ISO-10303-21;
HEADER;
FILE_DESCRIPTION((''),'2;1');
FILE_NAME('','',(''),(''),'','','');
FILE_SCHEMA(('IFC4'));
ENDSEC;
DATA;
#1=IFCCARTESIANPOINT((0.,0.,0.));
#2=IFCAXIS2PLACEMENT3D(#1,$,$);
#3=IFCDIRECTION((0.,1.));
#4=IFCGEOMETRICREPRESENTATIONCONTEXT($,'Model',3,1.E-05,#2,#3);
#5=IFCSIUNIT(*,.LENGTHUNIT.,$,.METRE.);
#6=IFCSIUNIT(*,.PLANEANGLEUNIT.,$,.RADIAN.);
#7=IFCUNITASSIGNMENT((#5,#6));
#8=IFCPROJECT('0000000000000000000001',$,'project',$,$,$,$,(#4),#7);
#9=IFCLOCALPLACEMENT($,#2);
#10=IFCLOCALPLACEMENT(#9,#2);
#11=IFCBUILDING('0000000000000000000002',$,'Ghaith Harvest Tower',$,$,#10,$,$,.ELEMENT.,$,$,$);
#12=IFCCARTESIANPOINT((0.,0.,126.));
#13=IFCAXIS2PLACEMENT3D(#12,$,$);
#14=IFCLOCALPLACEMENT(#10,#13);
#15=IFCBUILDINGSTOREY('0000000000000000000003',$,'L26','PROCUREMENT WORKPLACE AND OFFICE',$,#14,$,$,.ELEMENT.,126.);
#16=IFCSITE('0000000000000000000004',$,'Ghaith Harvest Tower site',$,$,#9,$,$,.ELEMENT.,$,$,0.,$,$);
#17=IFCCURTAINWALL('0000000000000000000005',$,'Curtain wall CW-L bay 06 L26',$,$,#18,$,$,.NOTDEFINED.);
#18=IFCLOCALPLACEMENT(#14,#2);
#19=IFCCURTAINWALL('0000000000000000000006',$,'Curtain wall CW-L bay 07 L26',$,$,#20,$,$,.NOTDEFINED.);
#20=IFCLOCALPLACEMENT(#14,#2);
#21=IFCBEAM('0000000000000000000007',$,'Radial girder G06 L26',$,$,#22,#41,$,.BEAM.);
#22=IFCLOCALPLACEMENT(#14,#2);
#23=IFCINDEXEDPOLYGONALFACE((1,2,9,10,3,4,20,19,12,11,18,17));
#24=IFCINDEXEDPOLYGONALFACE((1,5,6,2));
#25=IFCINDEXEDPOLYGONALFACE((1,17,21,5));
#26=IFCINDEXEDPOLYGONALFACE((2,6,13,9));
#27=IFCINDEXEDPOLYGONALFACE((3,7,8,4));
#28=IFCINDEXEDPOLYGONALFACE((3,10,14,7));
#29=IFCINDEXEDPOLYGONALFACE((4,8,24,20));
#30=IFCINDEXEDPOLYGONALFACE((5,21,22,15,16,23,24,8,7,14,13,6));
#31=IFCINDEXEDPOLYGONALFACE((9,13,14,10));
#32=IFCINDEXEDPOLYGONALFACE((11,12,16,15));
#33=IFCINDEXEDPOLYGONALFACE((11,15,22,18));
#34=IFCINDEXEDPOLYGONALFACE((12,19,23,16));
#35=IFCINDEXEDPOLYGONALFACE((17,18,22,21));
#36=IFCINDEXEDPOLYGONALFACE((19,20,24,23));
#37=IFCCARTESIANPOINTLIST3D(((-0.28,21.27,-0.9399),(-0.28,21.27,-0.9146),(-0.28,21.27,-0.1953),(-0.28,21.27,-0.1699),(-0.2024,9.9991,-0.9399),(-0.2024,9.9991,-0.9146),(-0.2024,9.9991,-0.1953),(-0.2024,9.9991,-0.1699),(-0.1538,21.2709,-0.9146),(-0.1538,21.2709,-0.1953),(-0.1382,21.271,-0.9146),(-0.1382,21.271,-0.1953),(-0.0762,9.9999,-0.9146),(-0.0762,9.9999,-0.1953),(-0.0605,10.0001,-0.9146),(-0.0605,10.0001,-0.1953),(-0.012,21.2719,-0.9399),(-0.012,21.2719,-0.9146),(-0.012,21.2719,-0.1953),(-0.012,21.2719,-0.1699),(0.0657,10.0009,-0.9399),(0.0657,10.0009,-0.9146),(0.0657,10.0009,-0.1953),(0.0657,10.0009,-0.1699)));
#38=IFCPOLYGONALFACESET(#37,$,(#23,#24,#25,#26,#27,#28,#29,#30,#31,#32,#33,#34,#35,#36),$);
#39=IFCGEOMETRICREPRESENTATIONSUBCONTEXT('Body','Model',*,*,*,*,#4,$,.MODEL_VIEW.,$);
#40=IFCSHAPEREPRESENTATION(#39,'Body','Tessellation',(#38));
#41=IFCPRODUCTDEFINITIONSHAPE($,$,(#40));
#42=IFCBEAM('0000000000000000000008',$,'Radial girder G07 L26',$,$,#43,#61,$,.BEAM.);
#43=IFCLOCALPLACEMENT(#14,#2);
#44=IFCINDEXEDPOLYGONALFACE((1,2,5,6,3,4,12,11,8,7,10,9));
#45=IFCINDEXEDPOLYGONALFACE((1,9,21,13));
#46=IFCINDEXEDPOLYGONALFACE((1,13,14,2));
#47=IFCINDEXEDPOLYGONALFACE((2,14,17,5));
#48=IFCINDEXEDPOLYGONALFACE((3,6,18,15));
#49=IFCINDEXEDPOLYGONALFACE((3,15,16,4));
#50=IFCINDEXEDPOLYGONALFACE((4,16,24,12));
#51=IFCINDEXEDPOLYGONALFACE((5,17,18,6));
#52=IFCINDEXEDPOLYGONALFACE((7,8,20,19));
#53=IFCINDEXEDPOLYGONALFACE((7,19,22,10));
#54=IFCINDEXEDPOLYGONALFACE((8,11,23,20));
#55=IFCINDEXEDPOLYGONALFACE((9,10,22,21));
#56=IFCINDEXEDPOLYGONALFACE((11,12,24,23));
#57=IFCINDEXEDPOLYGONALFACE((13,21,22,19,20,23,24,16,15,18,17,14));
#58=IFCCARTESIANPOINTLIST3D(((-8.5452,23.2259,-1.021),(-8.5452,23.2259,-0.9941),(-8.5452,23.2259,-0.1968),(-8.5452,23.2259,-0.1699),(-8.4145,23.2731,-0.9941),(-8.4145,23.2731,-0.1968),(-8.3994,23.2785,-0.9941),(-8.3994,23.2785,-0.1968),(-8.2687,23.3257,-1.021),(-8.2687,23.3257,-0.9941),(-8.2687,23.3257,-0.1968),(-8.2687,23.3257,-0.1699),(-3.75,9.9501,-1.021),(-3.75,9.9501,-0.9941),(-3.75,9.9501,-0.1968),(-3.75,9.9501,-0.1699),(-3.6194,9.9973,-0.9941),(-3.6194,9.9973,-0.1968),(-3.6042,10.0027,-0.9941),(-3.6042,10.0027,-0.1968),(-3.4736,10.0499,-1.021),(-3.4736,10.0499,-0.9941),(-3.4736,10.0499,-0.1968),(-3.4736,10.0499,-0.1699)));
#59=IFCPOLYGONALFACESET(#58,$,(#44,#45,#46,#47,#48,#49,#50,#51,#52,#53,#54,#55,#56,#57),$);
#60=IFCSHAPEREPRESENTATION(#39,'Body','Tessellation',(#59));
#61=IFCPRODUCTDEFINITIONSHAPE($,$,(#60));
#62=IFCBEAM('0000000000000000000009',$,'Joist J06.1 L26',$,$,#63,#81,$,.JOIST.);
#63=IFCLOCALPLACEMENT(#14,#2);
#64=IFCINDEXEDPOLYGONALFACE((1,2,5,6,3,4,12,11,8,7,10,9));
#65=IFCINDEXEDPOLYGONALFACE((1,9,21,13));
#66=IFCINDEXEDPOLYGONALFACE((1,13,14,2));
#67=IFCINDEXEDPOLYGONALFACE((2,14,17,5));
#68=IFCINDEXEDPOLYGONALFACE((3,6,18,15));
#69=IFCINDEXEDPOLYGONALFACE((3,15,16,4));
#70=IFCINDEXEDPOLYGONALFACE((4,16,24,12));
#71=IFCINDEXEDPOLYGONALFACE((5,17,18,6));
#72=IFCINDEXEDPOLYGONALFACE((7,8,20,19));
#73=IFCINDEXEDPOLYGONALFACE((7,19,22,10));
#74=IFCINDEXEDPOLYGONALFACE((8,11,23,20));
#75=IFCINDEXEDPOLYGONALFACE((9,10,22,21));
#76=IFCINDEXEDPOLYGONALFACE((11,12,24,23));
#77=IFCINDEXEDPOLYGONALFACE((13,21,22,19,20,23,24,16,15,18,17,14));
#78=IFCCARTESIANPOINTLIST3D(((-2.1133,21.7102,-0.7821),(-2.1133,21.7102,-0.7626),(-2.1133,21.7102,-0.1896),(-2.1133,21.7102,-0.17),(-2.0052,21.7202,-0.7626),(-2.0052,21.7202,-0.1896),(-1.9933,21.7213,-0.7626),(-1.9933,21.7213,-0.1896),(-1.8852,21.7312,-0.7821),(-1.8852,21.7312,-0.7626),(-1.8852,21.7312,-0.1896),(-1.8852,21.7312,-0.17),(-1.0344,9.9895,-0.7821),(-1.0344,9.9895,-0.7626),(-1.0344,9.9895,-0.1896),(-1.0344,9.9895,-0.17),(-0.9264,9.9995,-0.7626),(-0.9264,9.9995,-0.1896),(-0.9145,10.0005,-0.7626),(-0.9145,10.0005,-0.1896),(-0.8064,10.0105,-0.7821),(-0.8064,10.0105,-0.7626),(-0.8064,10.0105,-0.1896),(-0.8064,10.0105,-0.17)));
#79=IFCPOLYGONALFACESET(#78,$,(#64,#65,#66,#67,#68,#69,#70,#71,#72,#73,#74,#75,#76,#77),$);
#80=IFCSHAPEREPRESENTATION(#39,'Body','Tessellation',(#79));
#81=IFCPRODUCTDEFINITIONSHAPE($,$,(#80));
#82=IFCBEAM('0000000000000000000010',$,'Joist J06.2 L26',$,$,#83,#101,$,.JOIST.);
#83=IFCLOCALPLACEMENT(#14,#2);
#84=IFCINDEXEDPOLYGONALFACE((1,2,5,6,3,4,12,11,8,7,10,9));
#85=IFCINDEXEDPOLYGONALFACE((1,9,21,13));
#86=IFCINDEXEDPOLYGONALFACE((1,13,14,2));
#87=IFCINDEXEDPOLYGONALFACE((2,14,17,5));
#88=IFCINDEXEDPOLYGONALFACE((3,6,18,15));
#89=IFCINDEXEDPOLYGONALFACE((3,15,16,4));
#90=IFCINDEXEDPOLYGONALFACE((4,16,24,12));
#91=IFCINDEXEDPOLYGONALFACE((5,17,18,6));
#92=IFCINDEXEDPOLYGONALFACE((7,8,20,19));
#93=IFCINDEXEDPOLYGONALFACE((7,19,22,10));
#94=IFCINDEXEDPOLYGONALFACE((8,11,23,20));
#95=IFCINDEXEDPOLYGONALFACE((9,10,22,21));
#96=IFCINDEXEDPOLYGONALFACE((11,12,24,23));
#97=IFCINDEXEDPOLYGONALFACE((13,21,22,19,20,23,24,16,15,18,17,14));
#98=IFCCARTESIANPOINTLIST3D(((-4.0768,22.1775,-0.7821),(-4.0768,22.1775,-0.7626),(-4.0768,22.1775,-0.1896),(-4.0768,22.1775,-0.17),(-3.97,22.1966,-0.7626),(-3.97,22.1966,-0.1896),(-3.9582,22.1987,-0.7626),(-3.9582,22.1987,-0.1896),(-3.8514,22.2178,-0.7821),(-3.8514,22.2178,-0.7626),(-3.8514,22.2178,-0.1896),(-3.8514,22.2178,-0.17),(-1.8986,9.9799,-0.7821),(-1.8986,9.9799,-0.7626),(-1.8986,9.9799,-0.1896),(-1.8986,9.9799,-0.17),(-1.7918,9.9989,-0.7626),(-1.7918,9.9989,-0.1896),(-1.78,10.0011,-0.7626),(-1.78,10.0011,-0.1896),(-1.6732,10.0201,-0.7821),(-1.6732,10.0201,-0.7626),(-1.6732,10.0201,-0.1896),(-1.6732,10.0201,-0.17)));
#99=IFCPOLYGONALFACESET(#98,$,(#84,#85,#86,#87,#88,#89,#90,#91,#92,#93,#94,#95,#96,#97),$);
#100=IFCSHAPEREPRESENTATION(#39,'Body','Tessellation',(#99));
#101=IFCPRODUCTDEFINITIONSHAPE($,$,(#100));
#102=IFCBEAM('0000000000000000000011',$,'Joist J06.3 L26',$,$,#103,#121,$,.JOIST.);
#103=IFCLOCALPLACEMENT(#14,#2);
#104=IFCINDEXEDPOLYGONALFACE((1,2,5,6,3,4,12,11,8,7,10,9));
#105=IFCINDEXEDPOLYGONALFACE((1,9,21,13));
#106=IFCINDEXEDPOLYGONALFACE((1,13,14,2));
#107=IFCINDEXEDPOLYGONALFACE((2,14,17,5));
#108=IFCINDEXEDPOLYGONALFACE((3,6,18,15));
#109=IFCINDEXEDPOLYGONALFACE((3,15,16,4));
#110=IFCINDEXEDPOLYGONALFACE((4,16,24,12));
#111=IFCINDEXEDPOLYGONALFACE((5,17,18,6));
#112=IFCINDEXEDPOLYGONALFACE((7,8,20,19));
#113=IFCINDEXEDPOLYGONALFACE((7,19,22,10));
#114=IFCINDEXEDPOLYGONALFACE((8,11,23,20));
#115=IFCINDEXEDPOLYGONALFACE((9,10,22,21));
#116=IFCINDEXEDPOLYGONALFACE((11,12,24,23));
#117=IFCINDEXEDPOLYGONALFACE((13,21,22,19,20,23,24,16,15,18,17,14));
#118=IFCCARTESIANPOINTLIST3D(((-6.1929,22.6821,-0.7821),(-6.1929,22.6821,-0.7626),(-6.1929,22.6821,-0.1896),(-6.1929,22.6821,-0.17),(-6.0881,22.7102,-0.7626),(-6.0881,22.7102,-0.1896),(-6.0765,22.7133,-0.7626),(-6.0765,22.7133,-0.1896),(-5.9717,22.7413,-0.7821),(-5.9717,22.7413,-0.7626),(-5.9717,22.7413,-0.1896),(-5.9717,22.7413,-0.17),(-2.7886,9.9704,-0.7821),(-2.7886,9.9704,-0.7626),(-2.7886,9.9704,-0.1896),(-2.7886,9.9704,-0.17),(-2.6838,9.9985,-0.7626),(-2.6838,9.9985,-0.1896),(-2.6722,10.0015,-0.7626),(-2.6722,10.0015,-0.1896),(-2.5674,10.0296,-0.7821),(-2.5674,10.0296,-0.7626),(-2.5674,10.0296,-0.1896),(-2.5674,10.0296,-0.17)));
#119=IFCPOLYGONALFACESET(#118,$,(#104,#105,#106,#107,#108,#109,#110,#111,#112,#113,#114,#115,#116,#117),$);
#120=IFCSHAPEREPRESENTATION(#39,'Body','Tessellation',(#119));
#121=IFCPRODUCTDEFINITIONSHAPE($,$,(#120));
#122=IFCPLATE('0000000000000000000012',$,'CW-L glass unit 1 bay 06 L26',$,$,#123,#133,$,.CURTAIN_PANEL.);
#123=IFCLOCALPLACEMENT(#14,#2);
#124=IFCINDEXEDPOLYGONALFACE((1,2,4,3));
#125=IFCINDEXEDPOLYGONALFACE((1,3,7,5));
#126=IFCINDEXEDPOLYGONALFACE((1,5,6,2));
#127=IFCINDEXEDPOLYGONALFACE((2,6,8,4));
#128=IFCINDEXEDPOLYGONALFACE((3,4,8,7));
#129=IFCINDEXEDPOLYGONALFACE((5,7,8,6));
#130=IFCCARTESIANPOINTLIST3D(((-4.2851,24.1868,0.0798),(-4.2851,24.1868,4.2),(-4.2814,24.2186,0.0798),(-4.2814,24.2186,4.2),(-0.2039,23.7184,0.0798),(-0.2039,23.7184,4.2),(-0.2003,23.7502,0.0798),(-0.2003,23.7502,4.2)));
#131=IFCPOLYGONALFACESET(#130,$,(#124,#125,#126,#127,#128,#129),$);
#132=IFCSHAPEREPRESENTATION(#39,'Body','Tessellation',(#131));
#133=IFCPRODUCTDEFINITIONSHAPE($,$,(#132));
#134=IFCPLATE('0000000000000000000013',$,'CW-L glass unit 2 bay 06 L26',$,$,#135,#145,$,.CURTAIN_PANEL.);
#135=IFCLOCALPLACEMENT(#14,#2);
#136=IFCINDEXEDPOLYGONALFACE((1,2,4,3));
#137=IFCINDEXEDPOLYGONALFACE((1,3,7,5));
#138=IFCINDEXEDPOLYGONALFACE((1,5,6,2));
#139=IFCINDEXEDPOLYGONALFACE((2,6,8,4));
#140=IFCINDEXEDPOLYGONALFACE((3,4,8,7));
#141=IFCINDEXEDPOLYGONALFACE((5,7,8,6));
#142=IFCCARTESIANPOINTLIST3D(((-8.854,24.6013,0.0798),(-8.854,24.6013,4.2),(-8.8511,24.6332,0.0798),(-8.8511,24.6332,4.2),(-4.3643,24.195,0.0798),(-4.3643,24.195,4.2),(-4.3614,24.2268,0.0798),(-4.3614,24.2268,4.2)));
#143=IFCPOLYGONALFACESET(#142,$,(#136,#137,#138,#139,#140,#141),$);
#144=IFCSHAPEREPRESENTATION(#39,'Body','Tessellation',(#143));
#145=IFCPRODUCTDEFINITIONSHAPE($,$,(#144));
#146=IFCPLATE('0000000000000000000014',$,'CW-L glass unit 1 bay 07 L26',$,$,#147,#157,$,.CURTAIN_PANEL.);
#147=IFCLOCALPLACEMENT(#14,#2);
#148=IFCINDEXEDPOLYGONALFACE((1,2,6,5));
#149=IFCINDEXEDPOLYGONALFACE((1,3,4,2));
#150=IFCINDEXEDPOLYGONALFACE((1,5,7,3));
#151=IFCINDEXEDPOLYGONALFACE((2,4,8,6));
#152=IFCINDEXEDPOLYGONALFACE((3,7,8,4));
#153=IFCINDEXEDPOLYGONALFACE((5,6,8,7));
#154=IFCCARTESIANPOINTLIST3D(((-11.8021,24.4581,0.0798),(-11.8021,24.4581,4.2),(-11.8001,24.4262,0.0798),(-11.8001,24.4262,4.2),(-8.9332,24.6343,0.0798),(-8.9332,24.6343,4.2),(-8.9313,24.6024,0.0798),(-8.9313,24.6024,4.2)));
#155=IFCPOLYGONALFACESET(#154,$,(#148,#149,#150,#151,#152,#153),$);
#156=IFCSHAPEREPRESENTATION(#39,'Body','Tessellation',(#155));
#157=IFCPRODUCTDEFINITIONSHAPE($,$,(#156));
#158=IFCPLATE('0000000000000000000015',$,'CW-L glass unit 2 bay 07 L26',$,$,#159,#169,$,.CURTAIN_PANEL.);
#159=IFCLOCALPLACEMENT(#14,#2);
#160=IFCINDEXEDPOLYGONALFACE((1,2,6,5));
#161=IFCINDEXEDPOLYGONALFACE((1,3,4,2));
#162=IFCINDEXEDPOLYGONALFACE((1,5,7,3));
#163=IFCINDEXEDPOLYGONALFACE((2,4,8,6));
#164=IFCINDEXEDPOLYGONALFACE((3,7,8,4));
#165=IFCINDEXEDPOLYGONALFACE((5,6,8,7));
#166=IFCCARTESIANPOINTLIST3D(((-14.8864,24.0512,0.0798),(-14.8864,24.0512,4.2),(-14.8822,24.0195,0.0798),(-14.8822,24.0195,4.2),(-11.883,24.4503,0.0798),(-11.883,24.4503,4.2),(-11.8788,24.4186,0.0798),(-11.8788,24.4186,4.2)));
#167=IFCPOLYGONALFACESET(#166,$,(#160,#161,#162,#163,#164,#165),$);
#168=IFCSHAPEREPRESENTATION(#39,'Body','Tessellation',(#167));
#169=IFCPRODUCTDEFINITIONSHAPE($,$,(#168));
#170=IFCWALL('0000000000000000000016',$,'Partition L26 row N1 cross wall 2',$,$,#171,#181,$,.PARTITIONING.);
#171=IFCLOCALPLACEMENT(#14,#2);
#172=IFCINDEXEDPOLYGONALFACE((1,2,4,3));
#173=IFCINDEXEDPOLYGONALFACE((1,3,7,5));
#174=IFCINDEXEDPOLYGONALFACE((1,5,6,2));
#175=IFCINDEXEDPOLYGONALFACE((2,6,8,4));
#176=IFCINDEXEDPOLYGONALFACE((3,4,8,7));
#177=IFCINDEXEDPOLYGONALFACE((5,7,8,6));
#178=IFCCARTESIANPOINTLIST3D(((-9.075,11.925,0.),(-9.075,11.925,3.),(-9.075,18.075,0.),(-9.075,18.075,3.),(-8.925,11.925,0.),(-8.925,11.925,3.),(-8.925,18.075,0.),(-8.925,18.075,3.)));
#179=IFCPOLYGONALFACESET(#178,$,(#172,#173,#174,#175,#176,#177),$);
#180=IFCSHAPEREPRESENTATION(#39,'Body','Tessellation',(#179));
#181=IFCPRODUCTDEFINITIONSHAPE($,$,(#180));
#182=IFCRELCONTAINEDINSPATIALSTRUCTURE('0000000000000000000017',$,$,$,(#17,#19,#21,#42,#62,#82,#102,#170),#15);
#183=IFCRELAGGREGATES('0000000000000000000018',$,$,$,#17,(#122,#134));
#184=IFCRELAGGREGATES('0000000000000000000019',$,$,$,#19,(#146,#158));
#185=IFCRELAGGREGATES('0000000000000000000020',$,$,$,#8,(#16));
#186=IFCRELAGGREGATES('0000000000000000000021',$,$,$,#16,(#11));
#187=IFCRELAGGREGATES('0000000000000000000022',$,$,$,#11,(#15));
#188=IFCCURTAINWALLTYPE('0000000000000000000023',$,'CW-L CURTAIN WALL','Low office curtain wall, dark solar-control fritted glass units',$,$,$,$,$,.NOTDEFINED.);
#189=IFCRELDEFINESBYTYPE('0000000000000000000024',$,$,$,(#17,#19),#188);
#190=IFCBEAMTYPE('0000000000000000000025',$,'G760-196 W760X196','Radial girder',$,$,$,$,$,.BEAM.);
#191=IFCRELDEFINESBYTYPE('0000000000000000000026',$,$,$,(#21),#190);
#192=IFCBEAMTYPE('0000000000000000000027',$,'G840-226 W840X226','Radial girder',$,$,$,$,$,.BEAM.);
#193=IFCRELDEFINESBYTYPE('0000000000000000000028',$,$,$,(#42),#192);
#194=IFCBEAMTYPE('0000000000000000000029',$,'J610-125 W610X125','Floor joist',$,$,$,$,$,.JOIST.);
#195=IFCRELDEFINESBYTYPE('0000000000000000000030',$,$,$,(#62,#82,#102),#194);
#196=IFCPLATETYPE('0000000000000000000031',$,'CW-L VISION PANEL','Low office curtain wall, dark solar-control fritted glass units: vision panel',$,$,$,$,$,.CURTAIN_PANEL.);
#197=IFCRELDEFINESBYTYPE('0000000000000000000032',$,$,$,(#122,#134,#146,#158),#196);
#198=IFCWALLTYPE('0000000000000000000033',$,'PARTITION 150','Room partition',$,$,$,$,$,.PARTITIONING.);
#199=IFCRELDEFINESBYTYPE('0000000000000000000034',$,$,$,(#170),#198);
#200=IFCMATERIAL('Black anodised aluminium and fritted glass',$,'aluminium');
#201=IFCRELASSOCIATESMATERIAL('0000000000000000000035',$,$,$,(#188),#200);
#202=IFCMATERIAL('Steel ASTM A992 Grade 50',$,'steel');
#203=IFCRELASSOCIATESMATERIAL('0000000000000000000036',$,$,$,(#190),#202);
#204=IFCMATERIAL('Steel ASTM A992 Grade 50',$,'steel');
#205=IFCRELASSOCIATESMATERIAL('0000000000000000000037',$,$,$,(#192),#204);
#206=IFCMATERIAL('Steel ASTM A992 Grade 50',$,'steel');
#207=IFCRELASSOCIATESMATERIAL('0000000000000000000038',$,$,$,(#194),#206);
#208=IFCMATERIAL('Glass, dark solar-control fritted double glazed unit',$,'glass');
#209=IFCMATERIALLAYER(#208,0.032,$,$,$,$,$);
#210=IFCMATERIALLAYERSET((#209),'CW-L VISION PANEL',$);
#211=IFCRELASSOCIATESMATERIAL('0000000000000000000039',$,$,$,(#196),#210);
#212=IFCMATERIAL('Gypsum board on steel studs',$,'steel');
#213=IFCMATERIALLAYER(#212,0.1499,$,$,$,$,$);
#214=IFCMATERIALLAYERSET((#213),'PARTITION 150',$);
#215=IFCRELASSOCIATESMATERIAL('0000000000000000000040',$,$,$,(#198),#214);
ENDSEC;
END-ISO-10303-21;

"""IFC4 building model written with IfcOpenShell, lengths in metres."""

from ifc_helpers import new_model, si_unit, direction, frame, frame_2d, origin, origin_2d, place, context, subcontext, project, spatial, rectangle, i_section, extrude, material, layer, layer_set, material_profile, profile_set, type_object, element, aggregate, save


model = new_model("IFC4")

# Units and contexts
model_context = context("Model", 3, precision=1e-05, world=origin(), true_north=direction((0.0, 1.0)))
body_context = subcontext(model_context, "Body", "Model", "MODEL_VIEW")
ifc_project = project(units=[si_unit("LENGTHUNIT", "METRE"), si_unit("PLANEANGLEUNIT", "RADIAN")], contexts=[model_context])

# Site, building, storey
site_placement = place(None, origin())
site = spatial("IfcSite", under=ifc_project, at=site_placement, Name="Ghaith Harvest Tower site", CompositionType="ELEMENT", RefElevation=0.0)
building_placement = place(site_placement, origin())
building = spatial("IfcBuilding", under=site, at=building_placement, Name="Ghaith Harvest Tower", CompositionType="ELEMENT")
storey_placement = place(building_placement, frame((0.0, 0.0, 126.0)))
storey = spatial("IfcBuildingStorey", under=building, at=storey_placement, Name="L26", Description="PROCUREMENT WORKPLACE AND OFFICE", CompositionType="ELEMENT", Elevation=126.0)

# Curtain walls
ifc_material_1 = material(Name="Black anodised aluminium and fritted glass", Category="aluminium")
curtain_wall_type = type_object("IfcCurtainWallType", Name="CW-L CURTAIN WALL", Description="Low office curtain wall, dark solar-control fritted glass units", PredefinedType="NOTDEFINED", material=ifc_material_1)
curtain_wall_1_placement = place(storey_placement, origin())
curtain_wall_1 = element("IfcCurtainWall", 1, at=curtain_wall_1_placement, inside=storey, type_object=curtain_wall_type, Name="Curtain wall CW-L bay 06 L26", PredefinedType="NOTDEFINED")
curtain_wall_2_placement = place(storey_placement, origin())
curtain_wall_2 = element("IfcCurtainWall", 2, at=curtain_wall_2_placement, inside=storey, type_object=curtain_wall_type, Name="Curtain wall CW-L bay 07 L26", PredefinedType="NOTDEFINED")

# Beams
ifc_material_2 = material(Name="Steel ASTM A992 Grade 50", Category="steel")
ifc_material_profile_1 = material_profile(ifc_material_2, i_section(OverallWidth=0.2681, OverallDepth=0.77, WebThickness=0.0156, FlangeThickness=0.0254, at=origin_2d()), Name="W760X196")
ifc_profile_set_1 = profile_set([ifc_material_profile_1], Name="Steel ASTM A992 Grade 50")
beam_type_1 = type_object("IfcBeamType", Name="G760-196 W760X196", Description="Radial girder", PredefinedType="BEAM", material=ifc_profile_set_1)
beam_1_placement = place(storey_placement, frame((-0.0684, 10.0, -0.5549), z_axis=(-0.006888, 0.999976, 0.0), x_axis=(-0.999976, -0.006888, 0.0)))
element("IfcBeam", 3, at=beam_1_placement, inside=storey, type_object=beam_type_1, Name="Radial girder G06 L26", PredefinedType="BEAM", context=body_context, shape_type="SweptSolid", body=[
    extrude(i_section(OverallWidth=0.2681, OverallDepth=0.77, WebThickness=0.0156, FlangeThickness=0.0254, at=origin_2d()), origin(), (0.0, 0.0, 1.0), 11.2712),
])
ifc_material_3 = material(Name="Steel ASTM A992 Grade 50", Category="steel")
ifc_material_profile_2 = material_profile(ifc_material_3, i_section(OverallWidth=0.2939, OverallDepth=0.8511, WebThickness=0.0161, FlangeThickness=0.0269, at=origin_2d()), Name="W840X226")
ifc_profile_set_2 = profile_set([ifc_material_profile_2], Name="Steel ASTM A992 Grade 50")
beam_type_2 = type_object("IfcBeamType", Name="G840-226 W840X226", Description="Radial girder", PredefinedType="BEAM", material=ifc_profile_set_2)
beam_2_placement = place(storey_placement, frame((-3.6118, 10.0, -0.5955), z_axis=(-0.339713, 0.940529, 0.0), x_axis=(-0.940529, -0.339713, 0.0)))
element("IfcBeam", 4, at=beam_2_placement, inside=storey, type_object=beam_type_2, Name="Radial girder G07 L26", PredefinedType="BEAM", context=body_context, shape_type="SweptSolid", body=[
    extrude(i_section(OverallWidth=0.2939, OverallDepth=0.8511, WebThickness=0.0161, FlangeThickness=0.0269, at=origin_2d()), origin(), (0.0, 0.0, 1.0), 14.1152),
])
ifc_material_4 = material(Name="Steel ASTM A992 Grade 50", Category="steel")
ifc_material_profile_3 = material_profile(ifc_material_4, i_section(OverallWidth=0.229, OverallDepth=0.6121, WebThickness=0.012, FlangeThickness=0.0195, at=origin_2d()), Name="W610X125")
ifc_profile_set_3 = profile_set([ifc_material_profile_3], Name="Steel ASTM A992 Grade 50")
beam_type_3 = type_object("IfcBeamType", Name="J610-125 W610X125", Description="Floor joist", PredefinedType="JOIST", material=ifc_profile_set_3)
beam_3_placement = place(storey_placement, frame((-0.9204, 10.0, -0.4761), z_axis=(-0.09166, 0.99579, 0.0), x_axis=(-0.99579, -0.09166, 0.0)))
element("IfcBeam", 5, at=beam_3_placement, inside=storey, type_object=beam_type_3, Name="Joist J06.1 L26", PredefinedType="JOIST", context=body_context, shape_type="SweptSolid", body=[
    extrude(i_section(OverallWidth=0.229, OverallDepth=0.6121, WebThickness=0.012, FlangeThickness=0.0195, at=origin_2d()), origin(), (0.0, 0.0, 1.0), 11.7703),
])
beam_4_placement = place(storey_placement, frame((-1.7859, 10.0, -0.4761), z_axis=(-0.175795, 0.984427, 0.0), x_axis=(-0.984427, -0.175795, 0.0)))
element("IfcBeam", 6, at=beam_4_placement, inside=storey, type_object=beam_type_3, Name="Joist J06.2 L26", PredefinedType="JOIST", context=body_context, shape_type="SweptSolid", body=[
    extrude(i_section(OverallWidth=0.229, OverallDepth=0.6121, WebThickness=0.012, FlangeThickness=0.0195, at=origin_2d()), origin(), (0.0, 0.0, 1.0), 12.3906),
])
beam_5_placement = place(storey_placement, frame((-2.678, 10.0, -0.4761), z_axis=(-0.258693, 0.96596, 0.0), x_axis=(-0.96596, -0.258693, 0.0)))
element("IfcBeam", 7, at=beam_5_placement, inside=storey, type_object=beam_type_3, Name="Joist J06.3 L26", PredefinedType="JOIST", context=body_context, shape_type="SweptSolid", body=[
    extrude(i_section(OverallWidth=0.229, OverallDepth=0.6121, WebThickness=0.012, FlangeThickness=0.0195, at=origin_2d()), origin(), (0.0, 0.0, 1.0), 13.1597),
])

# Plates
ifc_material_5 = material(Name="Glass, dark solar-control fritted double glazed unit", Category="glass")
ifc_layer_1 = layer(ifc_material_5, 0.032)
ifc_layer_set_1 = layer_set([ifc_layer_1], Name="CW-L VISION PANEL")
plate_type = type_object("IfcPlateType", Name="CW-L VISION PANEL", Description="Low office curtain wall, dark solar-control fritted glass units: vision panel", PredefinedType="CURTAIN_PANEL", material=ifc_layer_set_1)
plate_1_placement = place(storey_placement, frame((-2.2427, 23.9685, 0.0798), z_axis=(0.0, 0.0, 1.0), x_axis=(-0.993477, 0.114032, 0.0)))
plate_1 = element("IfcPlate", 8, at=plate_1_placement, type_object=plate_type, Name="CW-L glass unit 1 bay 06 L26", PredefinedType="CURTAIN_PANEL", context=body_context, shape_type="SweptSolid", body=[
    extrude(rectangle(XDim=4.1079, YDim=0.032, at=origin_2d()), origin(), (0.0, 0.0, 1.0), 4.1201),
])
plate_2_placement = place(storey_placement, frame((-6.6077, 24.4141, 0.0798), z_axis=(0.0, 0.0, 1.0), x_axis=(-0.995929, 0.090144, 0.0)))
plate_2 = element("IfcPlate", 9, at=plate_2_placement, type_object=plate_type, Name="CW-L glass unit 2 bay 06 L26", PredefinedType="CURTAIN_PANEL", context=body_context, shape_type="SweptSolid", body=[
    extrude(rectangle(XDim=4.5081, YDim=0.032, at=origin_2d()), origin(), (0.0, 0.0, 1.0), 4.1201),
])
aggregate(curtain_wall_1, [plate_1, plate_2])
plate_3_placement = place(storey_placement, frame((-10.3667, 24.5303, 0.0798), z_axis=(0.0, 0.0, 1.0), x_axis=(-0.998119, -0.061303, 0.0)))
plate_3 = element("IfcPlate", 10, at=plate_3_placement, type_object=plate_type, Name="CW-L glass unit 1 bay 07 L26", PredefinedType="CURTAIN_PANEL", context=body_context, shape_type="SweptSolid", body=[
    extrude(rectangle(XDim=2.8743, YDim=0.032, at=origin_2d()), origin(), (0.0, 0.0, 1.0), 4.1201),
])
plate_4_placement = place(storey_placement, frame((-13.3826, 24.2349, 0.0798), z_axis=(0.0, 0.0, 1.0), x_axis=(-0.991286, -0.131728, 0.0)))
plate_4 = element("IfcPlate", 11, at=plate_4_placement, type_object=plate_type, Name="CW-L glass unit 2 bay 07 L26", PredefinedType="CURTAIN_PANEL", context=body_context, shape_type="SweptSolid", body=[
    extrude(rectangle(XDim=3.0298, YDim=0.032, at=origin_2d()), origin(), (0.0, 0.0, 1.0), 4.1201),
])
aggregate(curtain_wall_2, [plate_3, plate_4])

# Wall
ifc_material_6 = material(Name="Gypsum board on steel studs", Category="steel")
ifc_layer_2 = layer(ifc_material_6, 0.1499)
ifc_layer_set_2 = layer_set([ifc_layer_2], Name="PARTITION 150")
wall_type = type_object("IfcWallType", Name="PARTITION 150", Description="Room partition", PredefinedType="PARTITIONING", material=ifc_layer_set_2)
for number, where, z_axis, x_axis, name in (
    (12, (-9.0, 11.925, 0.0), (0.0, 0.0, 1.0), (0.0, 1.0, 0.0), "Partition L26 row N1 cross wall 2"),
):
    element("IfcWall", number, at=place(storey_placement, frame(where, z_axis=z_axis, x_axis=x_axis)), inside=storey, type_object=wall_type, Name=name, PredefinedType="PARTITIONING", context=body_context, shape_type="SweptSolid", body=[
        extrude(rectangle(XDim=6.1499, YDim=0.1499, at=frame_2d((3.075, 0.0))), origin(), (0.0, 0.0, 1.0), 3.0),
    ])

save(model, "model.ifc")
